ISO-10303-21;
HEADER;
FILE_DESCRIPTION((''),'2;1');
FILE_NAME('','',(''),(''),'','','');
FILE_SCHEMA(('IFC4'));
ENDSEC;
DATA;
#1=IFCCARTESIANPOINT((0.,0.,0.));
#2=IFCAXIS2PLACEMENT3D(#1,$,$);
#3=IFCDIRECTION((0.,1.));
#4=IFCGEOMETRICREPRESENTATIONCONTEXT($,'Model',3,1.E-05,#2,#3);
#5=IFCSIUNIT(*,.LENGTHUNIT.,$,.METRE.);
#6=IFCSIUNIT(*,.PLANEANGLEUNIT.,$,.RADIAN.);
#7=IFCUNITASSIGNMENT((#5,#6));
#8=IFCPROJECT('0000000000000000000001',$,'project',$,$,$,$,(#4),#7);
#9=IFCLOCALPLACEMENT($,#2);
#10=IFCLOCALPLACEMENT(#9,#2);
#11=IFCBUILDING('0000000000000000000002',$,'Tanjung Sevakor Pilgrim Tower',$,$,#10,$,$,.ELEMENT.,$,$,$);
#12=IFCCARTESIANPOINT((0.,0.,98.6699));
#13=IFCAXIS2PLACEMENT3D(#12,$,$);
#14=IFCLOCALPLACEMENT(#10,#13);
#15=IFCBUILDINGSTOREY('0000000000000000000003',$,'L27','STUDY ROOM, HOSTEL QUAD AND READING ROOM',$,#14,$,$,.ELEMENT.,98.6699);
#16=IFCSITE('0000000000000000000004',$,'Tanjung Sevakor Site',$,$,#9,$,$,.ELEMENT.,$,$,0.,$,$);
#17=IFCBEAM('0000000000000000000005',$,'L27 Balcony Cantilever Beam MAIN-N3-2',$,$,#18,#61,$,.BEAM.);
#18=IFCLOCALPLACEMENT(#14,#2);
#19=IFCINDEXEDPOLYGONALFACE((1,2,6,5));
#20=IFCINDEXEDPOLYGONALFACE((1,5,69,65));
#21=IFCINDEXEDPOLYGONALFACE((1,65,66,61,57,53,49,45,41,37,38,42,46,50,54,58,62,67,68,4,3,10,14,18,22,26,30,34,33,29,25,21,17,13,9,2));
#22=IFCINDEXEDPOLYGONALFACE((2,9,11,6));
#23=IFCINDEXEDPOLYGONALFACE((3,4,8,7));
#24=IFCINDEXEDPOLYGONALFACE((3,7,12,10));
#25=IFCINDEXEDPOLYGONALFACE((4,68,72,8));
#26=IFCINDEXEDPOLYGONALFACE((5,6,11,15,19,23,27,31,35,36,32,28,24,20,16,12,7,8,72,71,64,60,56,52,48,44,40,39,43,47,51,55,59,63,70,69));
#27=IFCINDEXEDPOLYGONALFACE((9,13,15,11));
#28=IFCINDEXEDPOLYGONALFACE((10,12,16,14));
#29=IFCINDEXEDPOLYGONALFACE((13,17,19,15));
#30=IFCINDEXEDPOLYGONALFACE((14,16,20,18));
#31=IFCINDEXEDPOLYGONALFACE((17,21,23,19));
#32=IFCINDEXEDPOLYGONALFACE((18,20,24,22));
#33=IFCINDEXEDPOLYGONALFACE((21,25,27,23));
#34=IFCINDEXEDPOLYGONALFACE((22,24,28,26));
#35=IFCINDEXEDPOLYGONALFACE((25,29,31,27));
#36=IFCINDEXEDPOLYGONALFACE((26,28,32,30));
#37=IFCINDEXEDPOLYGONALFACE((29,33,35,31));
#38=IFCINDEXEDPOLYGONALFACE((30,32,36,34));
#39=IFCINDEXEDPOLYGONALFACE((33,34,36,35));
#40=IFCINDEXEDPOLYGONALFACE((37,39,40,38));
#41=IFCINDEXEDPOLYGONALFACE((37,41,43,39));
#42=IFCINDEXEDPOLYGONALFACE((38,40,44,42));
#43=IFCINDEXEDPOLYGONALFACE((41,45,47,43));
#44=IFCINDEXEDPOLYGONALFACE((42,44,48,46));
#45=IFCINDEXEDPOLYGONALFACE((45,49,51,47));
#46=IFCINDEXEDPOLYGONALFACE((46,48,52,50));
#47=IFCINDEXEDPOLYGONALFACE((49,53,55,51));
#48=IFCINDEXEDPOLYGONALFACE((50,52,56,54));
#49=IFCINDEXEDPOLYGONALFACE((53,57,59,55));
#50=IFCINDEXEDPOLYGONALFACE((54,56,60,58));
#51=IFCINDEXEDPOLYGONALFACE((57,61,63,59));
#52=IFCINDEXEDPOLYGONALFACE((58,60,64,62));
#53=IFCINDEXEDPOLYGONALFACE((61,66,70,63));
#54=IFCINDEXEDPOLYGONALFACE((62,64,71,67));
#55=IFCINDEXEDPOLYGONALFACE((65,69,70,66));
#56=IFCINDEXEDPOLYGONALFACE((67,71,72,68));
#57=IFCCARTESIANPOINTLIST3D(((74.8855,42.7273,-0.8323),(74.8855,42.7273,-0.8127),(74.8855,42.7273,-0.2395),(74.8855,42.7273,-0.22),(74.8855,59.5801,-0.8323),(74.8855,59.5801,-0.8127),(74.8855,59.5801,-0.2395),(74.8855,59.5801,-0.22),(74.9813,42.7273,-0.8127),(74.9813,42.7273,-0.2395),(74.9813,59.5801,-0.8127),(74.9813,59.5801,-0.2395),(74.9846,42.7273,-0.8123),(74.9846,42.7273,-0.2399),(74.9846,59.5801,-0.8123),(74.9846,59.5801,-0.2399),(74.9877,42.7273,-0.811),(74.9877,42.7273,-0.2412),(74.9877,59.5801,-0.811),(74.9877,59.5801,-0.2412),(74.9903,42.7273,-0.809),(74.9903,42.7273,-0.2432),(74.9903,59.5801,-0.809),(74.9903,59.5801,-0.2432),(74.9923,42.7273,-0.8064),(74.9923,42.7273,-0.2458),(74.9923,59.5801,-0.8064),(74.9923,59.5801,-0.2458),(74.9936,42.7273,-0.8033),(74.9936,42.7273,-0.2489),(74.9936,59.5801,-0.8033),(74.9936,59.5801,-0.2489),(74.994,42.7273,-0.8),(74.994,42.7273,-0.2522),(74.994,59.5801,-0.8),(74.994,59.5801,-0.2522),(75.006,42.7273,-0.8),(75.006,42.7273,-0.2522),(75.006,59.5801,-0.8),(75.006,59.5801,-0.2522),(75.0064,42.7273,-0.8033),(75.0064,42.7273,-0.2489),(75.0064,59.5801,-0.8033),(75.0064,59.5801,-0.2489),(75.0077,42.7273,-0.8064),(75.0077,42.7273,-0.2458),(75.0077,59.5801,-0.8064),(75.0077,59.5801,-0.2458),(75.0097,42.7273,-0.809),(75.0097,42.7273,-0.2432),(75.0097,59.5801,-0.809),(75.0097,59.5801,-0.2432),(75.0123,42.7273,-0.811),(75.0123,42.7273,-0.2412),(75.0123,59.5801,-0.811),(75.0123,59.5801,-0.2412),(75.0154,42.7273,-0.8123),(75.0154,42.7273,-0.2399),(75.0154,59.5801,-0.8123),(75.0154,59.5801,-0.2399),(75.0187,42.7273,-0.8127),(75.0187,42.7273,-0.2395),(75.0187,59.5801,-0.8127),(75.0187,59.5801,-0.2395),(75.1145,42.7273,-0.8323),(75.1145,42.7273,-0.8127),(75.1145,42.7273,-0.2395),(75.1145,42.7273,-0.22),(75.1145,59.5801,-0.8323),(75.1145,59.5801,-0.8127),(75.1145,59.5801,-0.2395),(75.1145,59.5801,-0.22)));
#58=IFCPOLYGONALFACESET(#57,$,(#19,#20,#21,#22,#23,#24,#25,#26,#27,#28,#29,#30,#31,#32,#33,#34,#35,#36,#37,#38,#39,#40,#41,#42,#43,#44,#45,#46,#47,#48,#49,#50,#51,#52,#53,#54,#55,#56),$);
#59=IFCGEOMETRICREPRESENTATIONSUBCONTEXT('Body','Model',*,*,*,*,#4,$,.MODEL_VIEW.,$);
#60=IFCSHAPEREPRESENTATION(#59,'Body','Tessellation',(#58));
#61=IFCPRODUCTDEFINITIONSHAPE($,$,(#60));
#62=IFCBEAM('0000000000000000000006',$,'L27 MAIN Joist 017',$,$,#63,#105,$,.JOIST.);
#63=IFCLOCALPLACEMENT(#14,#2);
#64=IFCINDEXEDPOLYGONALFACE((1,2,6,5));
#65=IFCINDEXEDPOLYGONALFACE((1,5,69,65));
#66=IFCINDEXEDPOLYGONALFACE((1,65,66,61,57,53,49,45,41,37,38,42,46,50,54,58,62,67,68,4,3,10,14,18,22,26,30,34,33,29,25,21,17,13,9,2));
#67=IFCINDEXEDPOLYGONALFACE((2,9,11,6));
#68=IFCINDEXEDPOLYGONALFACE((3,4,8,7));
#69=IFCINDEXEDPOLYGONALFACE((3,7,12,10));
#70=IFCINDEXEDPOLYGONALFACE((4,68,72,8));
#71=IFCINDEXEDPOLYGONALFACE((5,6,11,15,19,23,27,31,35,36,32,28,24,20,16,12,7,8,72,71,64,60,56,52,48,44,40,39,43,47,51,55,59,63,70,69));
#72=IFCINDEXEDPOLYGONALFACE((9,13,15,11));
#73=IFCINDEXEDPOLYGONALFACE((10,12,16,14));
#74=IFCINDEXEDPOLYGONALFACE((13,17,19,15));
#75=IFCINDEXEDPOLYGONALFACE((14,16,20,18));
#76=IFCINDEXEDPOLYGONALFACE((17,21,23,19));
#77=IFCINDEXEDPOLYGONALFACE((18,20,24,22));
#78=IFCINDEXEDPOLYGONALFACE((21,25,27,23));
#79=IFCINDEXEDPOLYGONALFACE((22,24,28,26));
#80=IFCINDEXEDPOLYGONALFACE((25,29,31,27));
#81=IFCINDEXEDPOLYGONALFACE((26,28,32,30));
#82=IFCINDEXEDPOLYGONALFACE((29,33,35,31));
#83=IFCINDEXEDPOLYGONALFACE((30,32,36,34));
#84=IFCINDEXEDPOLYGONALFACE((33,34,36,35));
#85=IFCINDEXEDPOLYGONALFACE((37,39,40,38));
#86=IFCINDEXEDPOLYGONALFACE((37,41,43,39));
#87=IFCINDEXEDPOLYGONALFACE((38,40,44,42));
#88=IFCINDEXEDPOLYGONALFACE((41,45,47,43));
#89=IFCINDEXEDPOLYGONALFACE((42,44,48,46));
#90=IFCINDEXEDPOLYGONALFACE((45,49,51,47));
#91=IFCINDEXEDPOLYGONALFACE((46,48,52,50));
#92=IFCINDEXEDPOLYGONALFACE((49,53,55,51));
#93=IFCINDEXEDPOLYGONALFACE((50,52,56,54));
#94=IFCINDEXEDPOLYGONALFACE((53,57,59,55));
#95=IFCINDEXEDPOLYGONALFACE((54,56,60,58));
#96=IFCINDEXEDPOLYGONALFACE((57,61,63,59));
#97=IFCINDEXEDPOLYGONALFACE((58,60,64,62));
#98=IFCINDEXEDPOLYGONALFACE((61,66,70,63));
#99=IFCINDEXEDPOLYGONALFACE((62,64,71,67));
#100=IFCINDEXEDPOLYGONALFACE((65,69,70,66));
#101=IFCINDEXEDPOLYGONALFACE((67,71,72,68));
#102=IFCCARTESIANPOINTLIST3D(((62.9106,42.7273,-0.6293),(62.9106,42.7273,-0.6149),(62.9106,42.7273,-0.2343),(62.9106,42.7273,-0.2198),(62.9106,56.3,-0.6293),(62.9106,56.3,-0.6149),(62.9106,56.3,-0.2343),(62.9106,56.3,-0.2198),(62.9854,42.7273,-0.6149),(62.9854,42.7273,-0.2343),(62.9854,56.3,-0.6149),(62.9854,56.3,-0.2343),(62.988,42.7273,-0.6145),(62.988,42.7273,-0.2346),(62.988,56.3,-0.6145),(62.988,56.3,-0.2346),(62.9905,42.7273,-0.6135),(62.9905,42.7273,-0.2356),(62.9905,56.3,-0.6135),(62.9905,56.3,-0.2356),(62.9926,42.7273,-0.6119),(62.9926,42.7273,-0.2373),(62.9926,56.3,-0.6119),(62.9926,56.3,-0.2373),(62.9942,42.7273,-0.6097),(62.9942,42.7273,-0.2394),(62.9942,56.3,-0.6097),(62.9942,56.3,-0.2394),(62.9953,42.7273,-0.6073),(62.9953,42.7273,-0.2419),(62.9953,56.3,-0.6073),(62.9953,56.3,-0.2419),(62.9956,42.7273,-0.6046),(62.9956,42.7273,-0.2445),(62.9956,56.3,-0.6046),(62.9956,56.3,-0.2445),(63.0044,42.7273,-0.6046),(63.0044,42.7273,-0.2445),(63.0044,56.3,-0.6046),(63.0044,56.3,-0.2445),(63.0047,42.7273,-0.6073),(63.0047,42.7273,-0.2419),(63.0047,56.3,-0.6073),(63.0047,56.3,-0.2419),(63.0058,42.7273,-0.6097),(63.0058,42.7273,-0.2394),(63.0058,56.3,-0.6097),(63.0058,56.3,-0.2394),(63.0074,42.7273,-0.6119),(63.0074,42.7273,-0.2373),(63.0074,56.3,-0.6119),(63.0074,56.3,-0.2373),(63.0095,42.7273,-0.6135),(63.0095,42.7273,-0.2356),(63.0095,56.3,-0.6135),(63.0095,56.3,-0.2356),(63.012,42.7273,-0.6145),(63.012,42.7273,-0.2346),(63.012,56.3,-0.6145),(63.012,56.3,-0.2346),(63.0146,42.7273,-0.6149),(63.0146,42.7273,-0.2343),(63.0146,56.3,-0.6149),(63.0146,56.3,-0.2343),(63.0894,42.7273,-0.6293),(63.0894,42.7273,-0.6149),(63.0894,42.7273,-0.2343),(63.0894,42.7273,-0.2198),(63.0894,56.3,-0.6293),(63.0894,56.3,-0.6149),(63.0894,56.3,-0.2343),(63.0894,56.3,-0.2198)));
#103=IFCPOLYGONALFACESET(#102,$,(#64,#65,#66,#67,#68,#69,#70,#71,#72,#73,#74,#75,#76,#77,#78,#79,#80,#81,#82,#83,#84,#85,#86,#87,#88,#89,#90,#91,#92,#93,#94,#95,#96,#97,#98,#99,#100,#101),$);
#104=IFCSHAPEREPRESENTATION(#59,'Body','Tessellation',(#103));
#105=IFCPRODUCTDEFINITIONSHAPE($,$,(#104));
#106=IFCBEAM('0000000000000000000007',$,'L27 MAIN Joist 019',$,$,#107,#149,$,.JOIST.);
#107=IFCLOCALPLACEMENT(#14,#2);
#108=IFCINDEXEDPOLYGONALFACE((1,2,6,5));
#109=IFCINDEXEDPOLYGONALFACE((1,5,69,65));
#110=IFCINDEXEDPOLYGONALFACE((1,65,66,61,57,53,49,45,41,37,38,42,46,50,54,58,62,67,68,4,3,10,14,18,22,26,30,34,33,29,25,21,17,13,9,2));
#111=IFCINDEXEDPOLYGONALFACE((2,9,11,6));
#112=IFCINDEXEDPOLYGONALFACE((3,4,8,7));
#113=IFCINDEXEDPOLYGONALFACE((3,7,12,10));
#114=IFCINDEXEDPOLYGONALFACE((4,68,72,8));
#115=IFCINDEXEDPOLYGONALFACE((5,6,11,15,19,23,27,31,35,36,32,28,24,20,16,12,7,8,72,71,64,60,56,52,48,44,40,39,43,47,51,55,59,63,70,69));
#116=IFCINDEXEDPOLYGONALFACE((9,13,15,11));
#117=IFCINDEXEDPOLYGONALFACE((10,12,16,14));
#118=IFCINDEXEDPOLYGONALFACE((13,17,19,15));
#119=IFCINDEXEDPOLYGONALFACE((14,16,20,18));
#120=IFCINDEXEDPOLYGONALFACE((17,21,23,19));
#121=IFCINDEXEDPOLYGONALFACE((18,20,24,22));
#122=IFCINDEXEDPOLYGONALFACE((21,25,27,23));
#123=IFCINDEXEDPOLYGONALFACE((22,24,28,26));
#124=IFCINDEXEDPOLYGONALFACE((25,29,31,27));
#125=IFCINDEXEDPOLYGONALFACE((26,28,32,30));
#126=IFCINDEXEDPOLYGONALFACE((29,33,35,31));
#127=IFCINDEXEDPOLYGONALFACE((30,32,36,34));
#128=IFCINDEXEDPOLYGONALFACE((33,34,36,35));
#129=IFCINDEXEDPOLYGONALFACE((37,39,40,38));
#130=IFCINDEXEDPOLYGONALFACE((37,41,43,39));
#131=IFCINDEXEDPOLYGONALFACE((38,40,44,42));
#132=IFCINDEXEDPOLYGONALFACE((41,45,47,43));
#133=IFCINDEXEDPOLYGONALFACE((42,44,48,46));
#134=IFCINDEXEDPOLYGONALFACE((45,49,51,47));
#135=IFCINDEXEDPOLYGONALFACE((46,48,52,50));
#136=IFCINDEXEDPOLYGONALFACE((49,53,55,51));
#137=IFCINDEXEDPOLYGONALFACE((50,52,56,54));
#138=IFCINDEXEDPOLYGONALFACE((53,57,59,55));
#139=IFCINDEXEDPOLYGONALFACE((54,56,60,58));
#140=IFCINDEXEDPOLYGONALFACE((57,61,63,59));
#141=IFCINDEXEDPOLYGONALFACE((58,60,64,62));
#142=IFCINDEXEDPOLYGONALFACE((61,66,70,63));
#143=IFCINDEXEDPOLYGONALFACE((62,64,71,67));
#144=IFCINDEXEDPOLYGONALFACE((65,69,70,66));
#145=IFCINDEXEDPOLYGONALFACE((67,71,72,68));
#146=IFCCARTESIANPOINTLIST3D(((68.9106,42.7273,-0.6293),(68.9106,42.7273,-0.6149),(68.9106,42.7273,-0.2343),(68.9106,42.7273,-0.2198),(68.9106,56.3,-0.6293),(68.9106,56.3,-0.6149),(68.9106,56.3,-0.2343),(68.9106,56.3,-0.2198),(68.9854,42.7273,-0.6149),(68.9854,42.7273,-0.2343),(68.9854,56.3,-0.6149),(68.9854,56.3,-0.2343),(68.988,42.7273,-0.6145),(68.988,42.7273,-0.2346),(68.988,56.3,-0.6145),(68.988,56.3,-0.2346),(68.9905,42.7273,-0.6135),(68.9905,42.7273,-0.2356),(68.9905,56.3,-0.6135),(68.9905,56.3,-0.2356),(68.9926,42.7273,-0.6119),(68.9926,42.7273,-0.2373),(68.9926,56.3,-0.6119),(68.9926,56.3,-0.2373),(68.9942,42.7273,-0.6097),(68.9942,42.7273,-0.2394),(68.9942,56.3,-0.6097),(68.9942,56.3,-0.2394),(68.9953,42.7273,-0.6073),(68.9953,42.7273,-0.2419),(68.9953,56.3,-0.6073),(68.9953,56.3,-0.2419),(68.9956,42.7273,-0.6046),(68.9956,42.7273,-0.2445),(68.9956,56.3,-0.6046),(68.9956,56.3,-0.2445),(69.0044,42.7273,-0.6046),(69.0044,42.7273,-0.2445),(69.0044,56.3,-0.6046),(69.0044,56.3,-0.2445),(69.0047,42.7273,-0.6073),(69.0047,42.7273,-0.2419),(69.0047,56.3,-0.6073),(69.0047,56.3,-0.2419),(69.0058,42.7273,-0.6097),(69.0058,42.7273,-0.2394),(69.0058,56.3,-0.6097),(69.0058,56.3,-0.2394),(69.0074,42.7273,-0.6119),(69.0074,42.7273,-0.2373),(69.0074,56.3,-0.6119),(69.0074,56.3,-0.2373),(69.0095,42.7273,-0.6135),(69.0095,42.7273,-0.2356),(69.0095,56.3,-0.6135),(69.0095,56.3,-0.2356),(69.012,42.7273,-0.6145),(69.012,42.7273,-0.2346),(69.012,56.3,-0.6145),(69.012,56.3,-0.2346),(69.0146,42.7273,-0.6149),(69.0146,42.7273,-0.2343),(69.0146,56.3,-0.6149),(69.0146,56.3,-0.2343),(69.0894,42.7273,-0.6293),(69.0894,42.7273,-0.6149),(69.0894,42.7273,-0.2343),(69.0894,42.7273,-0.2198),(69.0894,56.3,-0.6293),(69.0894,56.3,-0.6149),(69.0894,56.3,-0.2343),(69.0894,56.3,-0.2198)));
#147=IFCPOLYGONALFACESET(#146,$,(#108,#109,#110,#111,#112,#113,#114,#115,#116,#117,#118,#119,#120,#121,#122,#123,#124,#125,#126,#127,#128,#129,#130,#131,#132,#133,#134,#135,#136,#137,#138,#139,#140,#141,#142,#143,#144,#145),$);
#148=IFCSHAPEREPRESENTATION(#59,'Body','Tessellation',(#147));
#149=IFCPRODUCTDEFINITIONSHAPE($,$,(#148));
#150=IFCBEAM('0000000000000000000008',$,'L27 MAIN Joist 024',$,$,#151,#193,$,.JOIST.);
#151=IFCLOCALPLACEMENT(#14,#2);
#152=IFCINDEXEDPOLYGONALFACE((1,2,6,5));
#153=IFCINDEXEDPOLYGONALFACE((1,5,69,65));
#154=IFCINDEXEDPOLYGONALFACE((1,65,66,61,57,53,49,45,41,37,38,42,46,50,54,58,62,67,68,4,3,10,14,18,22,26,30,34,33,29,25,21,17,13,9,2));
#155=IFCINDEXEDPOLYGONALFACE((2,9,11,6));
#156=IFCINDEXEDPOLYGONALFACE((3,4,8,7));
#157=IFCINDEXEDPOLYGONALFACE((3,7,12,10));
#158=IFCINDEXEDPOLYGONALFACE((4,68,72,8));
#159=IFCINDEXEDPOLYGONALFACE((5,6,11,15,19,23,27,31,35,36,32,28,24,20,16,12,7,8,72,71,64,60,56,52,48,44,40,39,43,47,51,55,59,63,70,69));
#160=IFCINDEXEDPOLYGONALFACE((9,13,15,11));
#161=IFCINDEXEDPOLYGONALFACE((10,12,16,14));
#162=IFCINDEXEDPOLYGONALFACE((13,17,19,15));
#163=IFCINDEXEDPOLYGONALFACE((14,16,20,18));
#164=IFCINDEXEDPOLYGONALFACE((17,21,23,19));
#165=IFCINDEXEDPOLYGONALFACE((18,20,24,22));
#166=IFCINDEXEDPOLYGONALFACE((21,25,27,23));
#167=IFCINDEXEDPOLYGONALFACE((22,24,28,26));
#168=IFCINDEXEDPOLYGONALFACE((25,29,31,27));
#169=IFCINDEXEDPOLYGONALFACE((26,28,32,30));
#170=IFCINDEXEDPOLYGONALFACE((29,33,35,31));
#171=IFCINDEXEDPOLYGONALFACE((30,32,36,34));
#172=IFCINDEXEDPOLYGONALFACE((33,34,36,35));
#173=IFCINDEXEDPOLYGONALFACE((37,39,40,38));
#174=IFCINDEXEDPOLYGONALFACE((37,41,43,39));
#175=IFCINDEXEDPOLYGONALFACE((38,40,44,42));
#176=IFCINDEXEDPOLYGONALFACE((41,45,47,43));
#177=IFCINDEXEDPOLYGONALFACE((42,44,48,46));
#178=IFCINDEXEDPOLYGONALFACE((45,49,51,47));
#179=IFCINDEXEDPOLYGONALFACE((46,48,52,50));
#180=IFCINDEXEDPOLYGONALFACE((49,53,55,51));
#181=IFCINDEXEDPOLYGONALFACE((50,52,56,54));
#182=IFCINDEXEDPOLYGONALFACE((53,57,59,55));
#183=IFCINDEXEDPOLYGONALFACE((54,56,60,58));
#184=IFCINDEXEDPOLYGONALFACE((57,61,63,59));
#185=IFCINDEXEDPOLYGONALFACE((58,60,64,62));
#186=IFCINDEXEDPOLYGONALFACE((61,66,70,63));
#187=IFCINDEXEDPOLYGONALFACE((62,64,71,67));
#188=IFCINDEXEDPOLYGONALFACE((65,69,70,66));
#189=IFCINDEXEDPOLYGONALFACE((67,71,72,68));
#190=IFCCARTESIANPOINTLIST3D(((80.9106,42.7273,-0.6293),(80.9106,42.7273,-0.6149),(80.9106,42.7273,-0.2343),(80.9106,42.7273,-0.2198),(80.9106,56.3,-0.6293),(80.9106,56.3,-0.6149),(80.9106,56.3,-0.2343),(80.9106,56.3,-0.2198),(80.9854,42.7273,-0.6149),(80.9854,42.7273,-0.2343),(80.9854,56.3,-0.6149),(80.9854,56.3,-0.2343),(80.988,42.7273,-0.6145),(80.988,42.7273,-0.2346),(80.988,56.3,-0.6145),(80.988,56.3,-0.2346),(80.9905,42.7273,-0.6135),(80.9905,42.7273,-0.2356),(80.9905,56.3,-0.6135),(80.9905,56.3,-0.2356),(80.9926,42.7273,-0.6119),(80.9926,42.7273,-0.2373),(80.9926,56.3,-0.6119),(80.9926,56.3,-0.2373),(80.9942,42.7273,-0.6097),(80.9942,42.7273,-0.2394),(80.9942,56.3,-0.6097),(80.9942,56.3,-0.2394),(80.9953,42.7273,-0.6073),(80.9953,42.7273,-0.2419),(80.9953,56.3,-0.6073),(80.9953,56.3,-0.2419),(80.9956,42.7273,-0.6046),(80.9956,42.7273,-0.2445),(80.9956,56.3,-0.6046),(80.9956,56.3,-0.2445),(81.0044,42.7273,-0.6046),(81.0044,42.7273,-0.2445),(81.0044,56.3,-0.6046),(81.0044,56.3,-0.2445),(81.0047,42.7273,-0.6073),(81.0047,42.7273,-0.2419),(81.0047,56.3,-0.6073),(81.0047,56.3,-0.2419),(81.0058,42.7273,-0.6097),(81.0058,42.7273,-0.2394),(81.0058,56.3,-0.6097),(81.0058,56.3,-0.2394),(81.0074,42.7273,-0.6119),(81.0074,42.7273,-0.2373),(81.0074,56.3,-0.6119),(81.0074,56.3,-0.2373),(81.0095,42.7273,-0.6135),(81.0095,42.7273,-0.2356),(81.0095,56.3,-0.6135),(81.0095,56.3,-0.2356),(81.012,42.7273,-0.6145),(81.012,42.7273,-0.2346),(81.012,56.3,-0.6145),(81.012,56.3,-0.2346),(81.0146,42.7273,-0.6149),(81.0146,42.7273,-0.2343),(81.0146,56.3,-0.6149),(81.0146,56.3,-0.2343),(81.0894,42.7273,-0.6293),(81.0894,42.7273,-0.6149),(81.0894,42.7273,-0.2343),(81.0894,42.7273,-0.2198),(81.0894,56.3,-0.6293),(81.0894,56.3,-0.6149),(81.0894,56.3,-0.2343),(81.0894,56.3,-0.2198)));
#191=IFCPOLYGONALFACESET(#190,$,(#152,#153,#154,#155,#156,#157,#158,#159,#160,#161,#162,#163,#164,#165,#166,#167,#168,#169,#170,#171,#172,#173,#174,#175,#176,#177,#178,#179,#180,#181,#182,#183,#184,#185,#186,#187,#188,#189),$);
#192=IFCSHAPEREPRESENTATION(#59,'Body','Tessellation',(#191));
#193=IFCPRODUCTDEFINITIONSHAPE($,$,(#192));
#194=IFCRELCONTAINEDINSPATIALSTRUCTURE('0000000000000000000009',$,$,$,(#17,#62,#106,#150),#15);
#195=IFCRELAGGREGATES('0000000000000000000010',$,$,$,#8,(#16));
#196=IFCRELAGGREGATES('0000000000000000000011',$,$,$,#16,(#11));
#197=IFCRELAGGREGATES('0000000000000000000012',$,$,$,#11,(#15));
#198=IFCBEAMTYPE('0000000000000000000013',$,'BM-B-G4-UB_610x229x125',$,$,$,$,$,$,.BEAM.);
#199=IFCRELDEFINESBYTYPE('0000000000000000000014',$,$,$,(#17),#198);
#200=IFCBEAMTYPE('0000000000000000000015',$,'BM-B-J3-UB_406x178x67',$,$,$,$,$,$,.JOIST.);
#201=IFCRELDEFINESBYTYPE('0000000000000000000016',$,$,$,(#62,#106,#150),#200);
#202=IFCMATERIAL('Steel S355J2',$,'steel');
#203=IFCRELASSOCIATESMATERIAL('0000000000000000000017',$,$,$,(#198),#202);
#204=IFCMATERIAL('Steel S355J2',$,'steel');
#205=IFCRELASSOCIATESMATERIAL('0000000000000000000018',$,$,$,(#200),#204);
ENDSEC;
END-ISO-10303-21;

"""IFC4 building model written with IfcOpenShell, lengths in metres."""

from ifc_helpers import new_model, si_unit, direction, frame, origin, origin_2d, place, context, subcontext, project, spatial, i_section, extrude, material, material_profile, profile_set, type_object, element, save


model = new_model("IFC4")

# Units and contexts
model_context = context("Model", 3, precision=1e-05, world=origin(), true_north=direction((0.0, 1.0)))
body_context = subcontext(model_context, "Body", "Model", "MODEL_VIEW")
ifc_project = project(units=[si_unit("LENGTHUNIT", "METRE"), si_unit("PLANEANGLEUNIT", "RADIAN")], contexts=[model_context])

# Site, building, storey
site_placement = place(None, origin())
site = spatial("IfcSite", under=ifc_project, at=site_placement, Name="Tanjung Sevakor Site", CompositionType="ELEMENT", RefElevation=0.0)
building_placement = place(site_placement, origin())
building = spatial("IfcBuilding", under=site, at=building_placement, Name="Tanjung Sevakor Pilgrim Tower", CompositionType="ELEMENT")
storey_placement = place(building_placement, frame((0.0, 0.0, 98.6699)))
storey = spatial("IfcBuildingStorey", under=building, at=storey_placement, Name="L27", Description="STUDY ROOM, HOSTEL QUAD AND READING ROOM", CompositionType="ELEMENT", Elevation=98.6699)

# Beams
ifc_material_1 = material(Name="Steel S355J2", Category="steel")
ifc_material_profile_1 = material_profile(ifc_material_1, i_section(OverallWidth=0.229, OverallDepth=0.6123, WebThickness=0.012, FlangeThickness=0.0195, FilletRadius=0.0127, at=origin_2d()))
ifc_profile_set_1 = profile_set([ifc_material_profile_1], Name="Steel S355J2")
beam_type_1 = type_object("IfcBeamType", Name="BM-B-G4-UB_610x229x125", PredefinedType="BEAM", material=ifc_profile_set_1)
beam_1_placement = place(storey_placement, frame((75.0, 42.7273, -0.5261), z_axis=(0.0, 1.0, 0.0), x_axis=(-1.0, 0.0, 0.0)))
element("IfcBeam", 1, at=beam_1_placement, inside=storey, type_object=beam_type_1, Name="L27 Balcony Cantilever Beam MAIN-N3-2", PredefinedType="BEAM", context=body_context, shape_type="SweptSolid", body=[
    extrude(i_section(OverallWidth=0.229, OverallDepth=0.6123, WebThickness=0.012, FlangeThickness=0.0195, FilletRadius=0.0127, at=origin_2d()), origin(), (0.0, 0.0, 1.0), 16.8528),
])
ifc_material_2 = material(Name="Steel S355J2", Category="steel")
ifc_material_profile_2 = material_profile(ifc_material_2, i_section(OverallWidth=0.1787, OverallDepth=0.4094, WebThickness=0.0088, FlangeThickness=0.0144, FilletRadius=0.0103, at=origin_2d()))
ifc_profile_set_2 = profile_set([ifc_material_profile_2], Name="Steel S355J2")
beam_type_2 = type_object("IfcBeamType", Name="BM-B-J3-UB_406x178x67", PredefinedType="JOIST", material=ifc_profile_set_2)
for number, where, z_axis, x_axis, name in (
    (2, (63.0, 42.7273, -0.4246), (0.0, 1.0, 0.0), (-1.0, 0.0, 0.0), "L27 MAIN Joist 017"),
    (3, (69.0, 42.7273, -0.4246), (0.0, 1.0, 0.0), (-1.0, 0.0, 0.0), "L27 MAIN Joist 019"),
    (4, (81.0, 42.7273, -0.4246), (0.0, 1.0, 0.0), (-1.0, 0.0, 0.0), "L27 MAIN Joist 024"),
):
    element("IfcBeam", number, at=place(storey_placement, frame(where, z_axis=z_axis, x_axis=x_axis)), inside=storey, type_object=beam_type_2, Name=name, PredefinedType="JOIST", context=body_context, shape_type="SweptSolid", body=[
        extrude(i_section(OverallWidth=0.1787, OverallDepth=0.4094, WebThickness=0.0088, FlangeThickness=0.0144, FilletRadius=0.0103, at=origin_2d()), origin(), (0.0, 0.0, 1.0), 13.5728),
    ])

save(model, "model.ifc")
